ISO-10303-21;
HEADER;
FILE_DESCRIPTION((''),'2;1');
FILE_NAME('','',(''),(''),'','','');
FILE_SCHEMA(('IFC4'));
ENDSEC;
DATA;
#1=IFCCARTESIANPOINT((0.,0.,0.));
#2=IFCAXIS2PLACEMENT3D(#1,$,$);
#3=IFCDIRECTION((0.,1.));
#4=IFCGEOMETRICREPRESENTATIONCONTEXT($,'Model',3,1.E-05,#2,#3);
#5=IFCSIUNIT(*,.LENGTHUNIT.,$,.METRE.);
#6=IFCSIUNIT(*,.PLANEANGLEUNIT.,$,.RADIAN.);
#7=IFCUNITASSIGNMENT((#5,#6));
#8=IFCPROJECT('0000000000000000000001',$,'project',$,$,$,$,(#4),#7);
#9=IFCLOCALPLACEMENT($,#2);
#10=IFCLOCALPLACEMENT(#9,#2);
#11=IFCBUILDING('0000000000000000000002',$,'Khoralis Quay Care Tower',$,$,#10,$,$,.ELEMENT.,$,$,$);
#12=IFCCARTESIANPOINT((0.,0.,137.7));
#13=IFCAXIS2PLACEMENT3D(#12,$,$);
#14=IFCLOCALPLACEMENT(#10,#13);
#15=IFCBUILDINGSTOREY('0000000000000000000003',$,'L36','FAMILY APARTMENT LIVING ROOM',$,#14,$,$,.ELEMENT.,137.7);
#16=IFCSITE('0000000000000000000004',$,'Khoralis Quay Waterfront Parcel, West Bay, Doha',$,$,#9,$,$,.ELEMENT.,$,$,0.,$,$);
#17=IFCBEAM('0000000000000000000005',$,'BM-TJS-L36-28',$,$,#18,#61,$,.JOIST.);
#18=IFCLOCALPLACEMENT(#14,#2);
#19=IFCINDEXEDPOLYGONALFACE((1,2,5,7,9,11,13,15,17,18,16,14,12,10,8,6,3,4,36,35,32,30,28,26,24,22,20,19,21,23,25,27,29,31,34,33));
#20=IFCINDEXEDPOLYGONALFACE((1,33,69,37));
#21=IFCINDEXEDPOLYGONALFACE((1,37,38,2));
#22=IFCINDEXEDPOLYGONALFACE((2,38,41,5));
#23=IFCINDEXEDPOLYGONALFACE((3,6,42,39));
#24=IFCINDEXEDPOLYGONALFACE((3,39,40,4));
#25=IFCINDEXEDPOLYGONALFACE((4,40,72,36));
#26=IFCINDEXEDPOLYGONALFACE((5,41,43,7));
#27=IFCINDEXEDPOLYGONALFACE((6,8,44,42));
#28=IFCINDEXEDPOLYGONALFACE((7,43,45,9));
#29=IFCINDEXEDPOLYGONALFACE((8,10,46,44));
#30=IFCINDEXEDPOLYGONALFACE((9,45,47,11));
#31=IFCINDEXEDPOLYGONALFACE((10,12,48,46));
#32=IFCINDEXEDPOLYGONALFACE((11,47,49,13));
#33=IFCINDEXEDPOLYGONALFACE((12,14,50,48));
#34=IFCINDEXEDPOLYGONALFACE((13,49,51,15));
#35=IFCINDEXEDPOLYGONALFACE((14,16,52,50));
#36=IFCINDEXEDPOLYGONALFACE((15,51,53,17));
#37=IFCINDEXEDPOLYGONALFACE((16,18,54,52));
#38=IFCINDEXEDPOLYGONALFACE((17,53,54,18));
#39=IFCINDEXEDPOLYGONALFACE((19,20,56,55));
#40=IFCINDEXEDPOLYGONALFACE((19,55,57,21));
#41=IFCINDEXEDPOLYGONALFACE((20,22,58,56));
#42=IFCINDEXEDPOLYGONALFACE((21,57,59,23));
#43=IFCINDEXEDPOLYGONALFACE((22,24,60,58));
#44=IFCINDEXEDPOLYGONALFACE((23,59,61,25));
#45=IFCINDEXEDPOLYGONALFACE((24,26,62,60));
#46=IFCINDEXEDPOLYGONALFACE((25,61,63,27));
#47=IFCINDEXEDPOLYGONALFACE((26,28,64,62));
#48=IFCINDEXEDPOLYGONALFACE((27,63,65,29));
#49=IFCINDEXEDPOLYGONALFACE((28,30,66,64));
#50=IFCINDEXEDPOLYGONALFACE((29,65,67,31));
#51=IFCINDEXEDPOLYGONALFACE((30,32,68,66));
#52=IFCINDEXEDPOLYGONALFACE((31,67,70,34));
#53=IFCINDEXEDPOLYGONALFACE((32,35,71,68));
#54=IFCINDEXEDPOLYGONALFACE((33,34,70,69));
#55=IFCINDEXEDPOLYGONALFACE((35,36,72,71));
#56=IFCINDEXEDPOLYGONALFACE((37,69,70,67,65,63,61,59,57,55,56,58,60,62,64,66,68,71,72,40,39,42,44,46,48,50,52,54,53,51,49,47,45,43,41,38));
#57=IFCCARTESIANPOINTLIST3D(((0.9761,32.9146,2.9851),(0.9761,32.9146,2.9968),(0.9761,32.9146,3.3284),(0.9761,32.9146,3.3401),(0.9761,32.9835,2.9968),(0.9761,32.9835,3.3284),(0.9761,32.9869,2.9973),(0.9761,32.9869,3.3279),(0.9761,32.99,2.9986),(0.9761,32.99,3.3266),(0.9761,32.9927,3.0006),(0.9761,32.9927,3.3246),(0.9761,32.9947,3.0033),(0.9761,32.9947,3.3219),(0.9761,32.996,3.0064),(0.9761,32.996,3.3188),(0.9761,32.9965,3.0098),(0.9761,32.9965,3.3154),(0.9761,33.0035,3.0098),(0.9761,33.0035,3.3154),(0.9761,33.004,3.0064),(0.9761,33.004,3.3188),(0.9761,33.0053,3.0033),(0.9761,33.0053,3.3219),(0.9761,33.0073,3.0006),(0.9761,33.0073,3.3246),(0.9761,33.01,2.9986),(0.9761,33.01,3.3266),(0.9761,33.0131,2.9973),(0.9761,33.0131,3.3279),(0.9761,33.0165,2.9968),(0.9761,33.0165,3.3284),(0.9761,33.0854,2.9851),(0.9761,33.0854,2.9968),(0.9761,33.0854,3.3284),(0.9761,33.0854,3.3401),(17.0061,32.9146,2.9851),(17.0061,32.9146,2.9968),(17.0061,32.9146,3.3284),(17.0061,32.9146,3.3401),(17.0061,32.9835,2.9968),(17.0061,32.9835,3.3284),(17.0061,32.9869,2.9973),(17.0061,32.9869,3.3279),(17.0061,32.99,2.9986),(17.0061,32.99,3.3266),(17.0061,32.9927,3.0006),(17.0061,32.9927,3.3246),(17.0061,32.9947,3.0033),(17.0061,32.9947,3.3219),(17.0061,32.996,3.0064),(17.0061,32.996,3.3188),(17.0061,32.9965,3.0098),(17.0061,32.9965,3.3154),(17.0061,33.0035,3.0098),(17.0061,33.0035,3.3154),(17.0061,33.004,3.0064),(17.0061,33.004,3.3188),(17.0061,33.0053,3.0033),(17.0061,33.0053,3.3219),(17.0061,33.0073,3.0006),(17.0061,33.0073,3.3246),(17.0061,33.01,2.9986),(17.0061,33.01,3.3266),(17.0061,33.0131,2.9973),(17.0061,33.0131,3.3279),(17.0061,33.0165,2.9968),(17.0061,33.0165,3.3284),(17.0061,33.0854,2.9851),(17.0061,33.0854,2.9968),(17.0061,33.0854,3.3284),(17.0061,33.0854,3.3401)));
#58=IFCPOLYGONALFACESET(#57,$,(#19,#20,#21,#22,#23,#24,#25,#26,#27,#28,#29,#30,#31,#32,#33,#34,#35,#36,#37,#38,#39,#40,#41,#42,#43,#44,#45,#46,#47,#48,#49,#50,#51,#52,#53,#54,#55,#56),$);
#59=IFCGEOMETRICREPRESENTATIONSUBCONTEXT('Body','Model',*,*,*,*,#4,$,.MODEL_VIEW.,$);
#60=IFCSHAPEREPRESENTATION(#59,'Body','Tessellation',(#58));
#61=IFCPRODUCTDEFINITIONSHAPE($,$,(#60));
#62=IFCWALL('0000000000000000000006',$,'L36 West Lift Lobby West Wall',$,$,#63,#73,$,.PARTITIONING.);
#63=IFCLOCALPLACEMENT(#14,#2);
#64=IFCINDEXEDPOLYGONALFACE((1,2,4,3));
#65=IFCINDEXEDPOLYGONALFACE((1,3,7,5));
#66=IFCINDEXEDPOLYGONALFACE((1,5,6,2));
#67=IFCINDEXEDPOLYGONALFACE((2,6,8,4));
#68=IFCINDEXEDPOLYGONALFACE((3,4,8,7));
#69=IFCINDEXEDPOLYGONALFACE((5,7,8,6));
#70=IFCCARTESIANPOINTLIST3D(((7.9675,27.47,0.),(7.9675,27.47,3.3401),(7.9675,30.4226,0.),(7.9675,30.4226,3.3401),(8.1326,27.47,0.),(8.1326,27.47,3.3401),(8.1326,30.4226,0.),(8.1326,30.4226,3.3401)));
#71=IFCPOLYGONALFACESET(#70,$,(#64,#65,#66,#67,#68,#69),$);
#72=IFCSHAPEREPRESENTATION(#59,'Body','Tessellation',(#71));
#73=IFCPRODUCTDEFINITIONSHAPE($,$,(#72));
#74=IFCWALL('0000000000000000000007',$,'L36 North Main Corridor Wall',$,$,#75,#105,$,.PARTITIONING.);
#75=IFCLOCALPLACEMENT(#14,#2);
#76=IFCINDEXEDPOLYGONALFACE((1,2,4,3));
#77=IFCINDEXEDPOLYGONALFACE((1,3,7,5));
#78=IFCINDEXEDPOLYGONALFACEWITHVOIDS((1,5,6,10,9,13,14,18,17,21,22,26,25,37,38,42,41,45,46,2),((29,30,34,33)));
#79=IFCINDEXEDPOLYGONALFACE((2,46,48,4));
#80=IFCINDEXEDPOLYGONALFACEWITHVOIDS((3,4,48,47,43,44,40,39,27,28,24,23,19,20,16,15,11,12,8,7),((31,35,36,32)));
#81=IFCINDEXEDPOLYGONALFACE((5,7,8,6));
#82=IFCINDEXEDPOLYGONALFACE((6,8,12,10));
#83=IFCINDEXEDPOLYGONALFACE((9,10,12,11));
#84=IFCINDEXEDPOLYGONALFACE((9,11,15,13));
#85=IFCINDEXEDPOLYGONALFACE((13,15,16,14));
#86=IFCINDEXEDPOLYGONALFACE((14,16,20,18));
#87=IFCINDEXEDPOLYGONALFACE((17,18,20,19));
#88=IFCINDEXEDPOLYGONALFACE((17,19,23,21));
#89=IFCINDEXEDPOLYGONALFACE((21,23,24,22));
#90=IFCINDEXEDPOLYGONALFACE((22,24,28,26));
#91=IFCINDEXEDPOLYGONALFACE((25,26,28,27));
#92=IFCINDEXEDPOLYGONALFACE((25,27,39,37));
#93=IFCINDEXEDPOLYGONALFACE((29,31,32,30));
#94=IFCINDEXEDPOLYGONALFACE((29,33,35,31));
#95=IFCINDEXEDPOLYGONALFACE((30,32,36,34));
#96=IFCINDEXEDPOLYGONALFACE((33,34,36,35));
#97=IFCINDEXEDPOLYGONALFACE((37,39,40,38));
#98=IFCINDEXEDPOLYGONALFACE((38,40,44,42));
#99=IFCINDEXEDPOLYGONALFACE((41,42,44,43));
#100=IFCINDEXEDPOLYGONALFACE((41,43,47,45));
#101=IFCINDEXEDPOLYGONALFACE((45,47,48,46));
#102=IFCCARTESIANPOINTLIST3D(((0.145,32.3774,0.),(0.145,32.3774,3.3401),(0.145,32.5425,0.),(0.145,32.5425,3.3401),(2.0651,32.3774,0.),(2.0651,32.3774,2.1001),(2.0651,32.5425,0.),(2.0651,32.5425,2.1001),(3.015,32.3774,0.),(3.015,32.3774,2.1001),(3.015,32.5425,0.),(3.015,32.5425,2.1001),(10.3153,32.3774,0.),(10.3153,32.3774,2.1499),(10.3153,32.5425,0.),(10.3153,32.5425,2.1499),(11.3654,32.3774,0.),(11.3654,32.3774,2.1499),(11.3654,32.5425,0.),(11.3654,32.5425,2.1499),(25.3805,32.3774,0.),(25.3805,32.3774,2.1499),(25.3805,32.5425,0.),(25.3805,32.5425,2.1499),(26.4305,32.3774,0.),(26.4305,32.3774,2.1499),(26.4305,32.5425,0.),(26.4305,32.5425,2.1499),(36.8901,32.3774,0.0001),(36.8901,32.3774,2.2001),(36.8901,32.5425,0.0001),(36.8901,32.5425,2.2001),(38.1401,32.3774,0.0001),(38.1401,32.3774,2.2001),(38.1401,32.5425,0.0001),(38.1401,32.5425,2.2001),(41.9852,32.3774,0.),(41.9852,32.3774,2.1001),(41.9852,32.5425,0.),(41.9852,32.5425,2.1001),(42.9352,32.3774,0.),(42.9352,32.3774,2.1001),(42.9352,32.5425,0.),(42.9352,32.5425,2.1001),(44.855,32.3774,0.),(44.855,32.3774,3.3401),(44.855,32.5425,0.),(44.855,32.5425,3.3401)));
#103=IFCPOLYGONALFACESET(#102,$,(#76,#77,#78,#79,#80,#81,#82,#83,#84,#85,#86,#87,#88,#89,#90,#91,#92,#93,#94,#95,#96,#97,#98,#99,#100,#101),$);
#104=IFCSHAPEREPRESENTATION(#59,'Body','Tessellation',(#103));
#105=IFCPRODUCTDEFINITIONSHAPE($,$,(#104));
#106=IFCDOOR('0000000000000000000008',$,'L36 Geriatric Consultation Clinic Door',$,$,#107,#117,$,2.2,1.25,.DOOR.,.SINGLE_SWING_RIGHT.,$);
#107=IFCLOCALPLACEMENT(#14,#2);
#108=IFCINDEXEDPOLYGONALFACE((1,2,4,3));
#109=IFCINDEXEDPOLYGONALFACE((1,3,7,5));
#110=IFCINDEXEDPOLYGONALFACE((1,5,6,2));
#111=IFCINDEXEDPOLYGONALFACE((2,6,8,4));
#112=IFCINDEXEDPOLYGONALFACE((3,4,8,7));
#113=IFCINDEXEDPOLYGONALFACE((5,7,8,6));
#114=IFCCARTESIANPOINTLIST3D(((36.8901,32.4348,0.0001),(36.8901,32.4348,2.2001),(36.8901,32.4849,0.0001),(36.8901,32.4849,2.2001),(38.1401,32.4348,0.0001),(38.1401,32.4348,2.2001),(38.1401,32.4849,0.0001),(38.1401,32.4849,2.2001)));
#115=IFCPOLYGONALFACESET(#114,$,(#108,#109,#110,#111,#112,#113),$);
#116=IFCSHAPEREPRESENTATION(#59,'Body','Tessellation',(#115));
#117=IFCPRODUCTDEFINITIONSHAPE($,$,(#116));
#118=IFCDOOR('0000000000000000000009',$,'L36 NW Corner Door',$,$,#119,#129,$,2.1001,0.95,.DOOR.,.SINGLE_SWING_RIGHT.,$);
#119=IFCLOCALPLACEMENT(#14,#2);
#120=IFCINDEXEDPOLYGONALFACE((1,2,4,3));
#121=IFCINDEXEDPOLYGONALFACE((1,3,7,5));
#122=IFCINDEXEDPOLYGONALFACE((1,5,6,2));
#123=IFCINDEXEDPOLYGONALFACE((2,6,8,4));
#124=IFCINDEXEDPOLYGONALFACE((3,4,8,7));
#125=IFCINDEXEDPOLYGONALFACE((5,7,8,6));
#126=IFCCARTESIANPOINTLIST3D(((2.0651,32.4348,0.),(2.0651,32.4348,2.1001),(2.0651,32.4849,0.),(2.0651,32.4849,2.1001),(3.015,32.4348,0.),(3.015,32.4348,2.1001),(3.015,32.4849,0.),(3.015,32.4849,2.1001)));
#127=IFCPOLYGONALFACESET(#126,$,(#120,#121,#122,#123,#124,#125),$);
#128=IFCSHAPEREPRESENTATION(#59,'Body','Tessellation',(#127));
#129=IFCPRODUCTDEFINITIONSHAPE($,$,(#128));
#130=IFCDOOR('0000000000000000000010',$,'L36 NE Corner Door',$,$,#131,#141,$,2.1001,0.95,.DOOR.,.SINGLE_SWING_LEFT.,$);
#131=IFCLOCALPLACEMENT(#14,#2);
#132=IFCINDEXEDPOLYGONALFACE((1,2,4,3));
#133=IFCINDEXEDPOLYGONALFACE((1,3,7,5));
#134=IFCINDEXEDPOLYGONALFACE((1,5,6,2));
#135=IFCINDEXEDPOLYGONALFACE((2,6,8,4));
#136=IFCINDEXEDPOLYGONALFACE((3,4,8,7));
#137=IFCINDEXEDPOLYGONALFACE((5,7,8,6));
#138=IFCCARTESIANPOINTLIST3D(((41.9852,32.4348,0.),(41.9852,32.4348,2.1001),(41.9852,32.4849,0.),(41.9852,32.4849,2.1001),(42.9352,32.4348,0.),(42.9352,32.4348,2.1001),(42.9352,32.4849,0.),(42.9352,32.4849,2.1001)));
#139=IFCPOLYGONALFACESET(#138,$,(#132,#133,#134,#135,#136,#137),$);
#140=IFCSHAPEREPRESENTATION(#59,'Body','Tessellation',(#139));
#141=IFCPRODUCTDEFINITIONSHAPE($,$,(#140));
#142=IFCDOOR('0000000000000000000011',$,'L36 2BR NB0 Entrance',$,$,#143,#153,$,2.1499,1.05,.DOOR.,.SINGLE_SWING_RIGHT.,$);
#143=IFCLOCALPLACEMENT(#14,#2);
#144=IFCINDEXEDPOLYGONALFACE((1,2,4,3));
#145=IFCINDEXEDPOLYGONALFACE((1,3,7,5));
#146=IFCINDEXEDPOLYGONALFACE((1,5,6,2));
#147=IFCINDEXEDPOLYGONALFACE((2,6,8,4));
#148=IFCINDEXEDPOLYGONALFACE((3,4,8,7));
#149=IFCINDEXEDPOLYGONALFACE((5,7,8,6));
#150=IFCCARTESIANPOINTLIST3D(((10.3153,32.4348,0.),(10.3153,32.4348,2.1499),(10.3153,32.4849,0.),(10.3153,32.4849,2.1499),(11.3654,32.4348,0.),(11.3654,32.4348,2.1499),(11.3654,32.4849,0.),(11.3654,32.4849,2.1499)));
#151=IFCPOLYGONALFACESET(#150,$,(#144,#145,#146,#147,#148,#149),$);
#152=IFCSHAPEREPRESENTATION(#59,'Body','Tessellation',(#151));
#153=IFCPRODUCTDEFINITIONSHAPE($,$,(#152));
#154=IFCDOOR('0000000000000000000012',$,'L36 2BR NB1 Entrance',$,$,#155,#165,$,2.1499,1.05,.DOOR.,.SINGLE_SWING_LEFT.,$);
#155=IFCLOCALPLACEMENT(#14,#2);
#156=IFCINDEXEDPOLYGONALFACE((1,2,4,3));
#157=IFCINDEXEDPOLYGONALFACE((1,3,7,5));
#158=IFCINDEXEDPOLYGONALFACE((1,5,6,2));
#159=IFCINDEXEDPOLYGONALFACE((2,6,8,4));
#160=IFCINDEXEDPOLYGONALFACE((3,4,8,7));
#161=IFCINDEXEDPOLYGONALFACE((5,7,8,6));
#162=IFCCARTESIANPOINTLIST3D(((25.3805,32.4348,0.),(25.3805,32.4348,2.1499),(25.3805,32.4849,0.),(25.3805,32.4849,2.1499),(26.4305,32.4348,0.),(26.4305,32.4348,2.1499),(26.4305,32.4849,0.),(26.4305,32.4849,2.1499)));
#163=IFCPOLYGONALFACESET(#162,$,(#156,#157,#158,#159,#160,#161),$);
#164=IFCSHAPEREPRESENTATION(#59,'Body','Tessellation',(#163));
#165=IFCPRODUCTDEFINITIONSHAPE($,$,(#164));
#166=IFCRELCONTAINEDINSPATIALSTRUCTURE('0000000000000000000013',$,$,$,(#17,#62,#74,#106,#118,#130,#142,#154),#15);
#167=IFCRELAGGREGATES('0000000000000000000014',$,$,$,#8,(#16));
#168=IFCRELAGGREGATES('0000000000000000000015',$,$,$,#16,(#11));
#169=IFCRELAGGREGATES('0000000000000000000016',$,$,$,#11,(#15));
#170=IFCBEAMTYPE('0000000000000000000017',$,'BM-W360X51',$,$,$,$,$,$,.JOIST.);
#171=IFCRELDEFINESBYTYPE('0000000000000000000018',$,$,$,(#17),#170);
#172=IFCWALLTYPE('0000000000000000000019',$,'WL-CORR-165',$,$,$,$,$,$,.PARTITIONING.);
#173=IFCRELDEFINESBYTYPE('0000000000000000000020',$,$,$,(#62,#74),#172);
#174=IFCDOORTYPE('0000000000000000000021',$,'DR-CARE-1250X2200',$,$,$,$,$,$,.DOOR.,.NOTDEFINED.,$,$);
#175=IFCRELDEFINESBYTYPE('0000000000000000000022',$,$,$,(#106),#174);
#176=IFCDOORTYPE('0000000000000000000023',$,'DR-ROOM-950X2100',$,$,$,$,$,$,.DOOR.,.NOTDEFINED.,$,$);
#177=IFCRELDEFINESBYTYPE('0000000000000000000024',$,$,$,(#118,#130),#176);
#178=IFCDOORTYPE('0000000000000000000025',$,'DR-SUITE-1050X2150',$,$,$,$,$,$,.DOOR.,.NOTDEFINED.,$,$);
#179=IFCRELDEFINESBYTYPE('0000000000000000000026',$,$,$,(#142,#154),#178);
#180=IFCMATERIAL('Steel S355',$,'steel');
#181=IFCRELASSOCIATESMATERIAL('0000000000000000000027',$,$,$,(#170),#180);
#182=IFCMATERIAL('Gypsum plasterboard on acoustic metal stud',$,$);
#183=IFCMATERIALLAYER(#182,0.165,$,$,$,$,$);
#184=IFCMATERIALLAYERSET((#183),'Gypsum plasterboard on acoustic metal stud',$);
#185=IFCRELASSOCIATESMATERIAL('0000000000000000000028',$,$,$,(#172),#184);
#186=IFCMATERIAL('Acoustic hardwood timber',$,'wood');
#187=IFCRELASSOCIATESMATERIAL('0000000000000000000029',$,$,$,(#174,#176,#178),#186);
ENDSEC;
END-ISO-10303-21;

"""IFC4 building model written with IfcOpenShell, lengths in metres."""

from ifc_helpers import new_model, si_unit, direction, frame, frame_2d, origin, origin_2d, place, context, subcontext, project, spatial, rectangle, i_section, extrude, source, transform, mapped, material, layer, layer_set, material_profile, profile_set, type_object, element, fill, save


model = new_model("IFC4")

# Units and contexts
model_context = context("Model", 3, precision=1e-05, world=origin(), true_north=direction((0.0, 1.0)))
body_context = subcontext(model_context, "Body", "Model", "MODEL_VIEW")
ifc_project = project(units=[si_unit("LENGTHUNIT", "METRE"), si_unit("PLANEANGLEUNIT", "RADIAN")], contexts=[model_context])

# Site, building, storey
site_placement = place(None, origin())
site = spatial("IfcSite", under=ifc_project, at=site_placement, Name="Khoralis Quay Waterfront Parcel, West Bay, Doha", CompositionType="ELEMENT", RefElevation=0.0)
building_placement = place(site_placement, origin())
building = spatial("IfcBuilding", under=site, at=building_placement, Name="Khoralis Quay Care Tower", CompositionType="ELEMENT")
storey_placement = place(building_placement, frame((0.0, 0.0, 137.7)))
storey = spatial("IfcBuildingStorey", under=building, at=storey_placement, Name="L36", Description="FAMILY APARTMENT LIVING ROOM", CompositionType="ELEMENT", Elevation=137.7)

# Beam
ifc_material_1 = material(Name="Steel S355", Category="steel")
ifc_material_profile_1 = material_profile(ifc_material_1, i_section(OverallWidth=0.1709, OverallDepth=0.355, WebThickness=0.0071, FlangeThickness=0.0117, FilletRadius=0.0129, at=origin_2d()), Name="Steel S355")
ifc_profile_set_1 = profile_set([ifc_material_profile_1], Name="Steel S355")
beam_type_1 = type_object("IfcBeamType", Name="BM-W360X51", PredefinedType="JOIST", material=ifc_profile_set_1)
shared_shape_1 = source(origin(), body_context, "Body", "SweptSolid", [
    extrude(i_section(OverallWidth=0.1709, OverallDepth=0.355, WebThickness=0.0071, FlangeThickness=0.0117, FilletRadius=0.0129, at=origin_2d()), origin(), (0.0, 0.0, 1.0), 16.03),
])
beam_1_placement = place(storey_placement, frame((0.9761, 33.0, 3.1626), z_axis=(1.0, 0.0, 0.0), x_axis=(0.0, 1.0, 0.0)))
element("IfcBeam", 1, at=beam_1_placement, inside=storey, type_object=beam_type_1, Name="BM-TJS-L36-28", PredefinedType="JOIST", context=body_context, shape_type="MappedRepresentation", body=[
    mapped(shared_shape_1, transform((0.0, 0.0, 0.0), scale=1.0)),
])

# Wall
ifc_material_2 = material(Name="Gypsum plasterboard on acoustic metal stud")
ifc_layer_1 = layer(ifc_material_2, 0.165)
ifc_layer_set_1 = layer_set([ifc_layer_1], Name="Gypsum plasterboard on acoustic metal stud")
wall_type_1 = type_object("IfcWallType", Name="WL-CORR-165", PredefinedType="PARTITIONING", material=ifc_layer_set_1)
wall_1_placement = place(storey_placement, frame((8.05, 27.47, 0.0), z_axis=(0.0, 0.0, 1.0), x_axis=(0.0, 1.0, 0.0)))
element("IfcWall", 2, at=wall_1_placement, inside=storey, type_object=wall_type_1, Name="L36 West Lift Lobby West Wall", PredefinedType="PARTITIONING", context=body_context, shape_type="SweptSolid", body=[
    extrude(rectangle(XDim=2.9526, YDim=0.165, at=frame_2d((1.4763, 0.0))), origin(), (0.0, 0.0, 1.0), 3.3401),
])

# Wall, openings, doors
wall_2_placement = place(storey_placement, frame((0.145, 32.46, 0.0), z_axis=(0.0, 0.0, 1.0), x_axis=(1.0, 0.0, 0.0)))
wall_2 = element("IfcWall", 3, at=wall_2_placement, inside=storey, type_object=wall_type_1, Name="L36 North Main Corridor Wall", PredefinedType="PARTITIONING", context=body_context, shape_type="SweptSolid", body=[
    extrude(rectangle(XDim=44.71, YDim=0.165, at=frame_2d((22.355, 0.0))), origin(), (0.0, 0.0, 1.0), 3.3401),
])
opening_1_placement = place(wall_2_placement, frame((10.1704, 0.0, 0.0)))
opening_1 = element("IfcOpeningElement", 4, at=opening_1_placement, cuts=wall_2, PredefinedType="OPENING", context=body_context, shape_type="SweptSolid", body=[
    extrude(rectangle(XDim=1.05, YDim=2.1499, at=frame_2d((0.5249, 1.075))), frame((0.0, 0.0925, 0.0), z_axis=(0.0, -1.0, 0.0), x_axis=(1.0, 0.0, 0.0)), (0.0, 0.0, 1.0), 0.1851),
])
opening_2_placement = place(wall_2_placement, frame((25.2356, 0.0, 0.0)))
opening_2 = element("IfcOpeningElement", 5, at=opening_2_placement, cuts=wall_2, PredefinedType="OPENING", context=body_context, shape_type="SweptSolid", body=[
    extrude(rectangle(XDim=1.05, YDim=2.1499, at=frame_2d((0.5249, 1.075))), frame((0.0, 0.0925, 0.0), z_axis=(0.0, -1.0, 0.0), x_axis=(1.0, 0.0, 0.0)), (0.0, 0.0, 1.0), 0.1851),
])
opening_3_placement = place(wall_2_placement, frame((36.7451, 0.0, 0.0)))
opening_3 = element("IfcOpeningElement", 6, at=opening_3_placement, cuts=wall_2, PredefinedType="OPENING", context=body_context, shape_type="SweptSolid", body=[
    extrude(rectangle(XDim=1.25, YDim=2.2, at=frame_2d((0.625, 1.1001))), frame((0.0, 0.0925, 0.0), z_axis=(0.0, -1.0, 0.0), x_axis=(1.0, 0.0, 0.0)), (0.0, 0.0, 1.0), 0.1851),
])
opening_4_placement = place(wall_2_placement, frame((1.9199, 0.0, 0.0)))
opening_4 = element("IfcOpeningElement", 7, at=opening_4_placement, cuts=wall_2, PredefinedType="OPENING", context=body_context, shape_type="SweptSolid", body=[
    extrude(rectangle(XDim=0.95, YDim=2.1001, at=frame_2d((0.4751, 1.05))), frame((0.0, 0.0925, 0.0), z_axis=(0.0, -1.0, 0.0), x_axis=(1.0, 0.0, 0.0)), (0.0, 0.0, 1.0), 0.1851),
])
opening_5_placement = place(wall_2_placement, frame((41.8401, 0.0, 0.0)))
opening_5 = element("IfcOpeningElement", 8, at=opening_5_placement, cuts=wall_2, PredefinedType="OPENING", context=body_context, shape_type="SweptSolid", body=[
    extrude(rectangle(XDim=0.95, YDim=2.1001, at=frame_2d((0.4751, 1.05))), frame((0.0, 0.0925, 0.0), z_axis=(0.0, -1.0, 0.0), x_axis=(1.0, 0.0, 0.0)), (0.0, 0.0, 1.0), 0.1851),
])
ifc_material_3 = material(Name="Acoustic hardwood timber", Category="wood")
door_type_1 = type_object("IfcDoorType", Name="DR-CARE-1250X2200", OperationType="NOTDEFINED", PredefinedType="DOOR", material=ifc_material_3)
shared_shape_2 = source(origin(), body_context, "Body", "SweptSolid", [
    extrude(rectangle(XDim=1.25, YDim=2.2, at=frame_2d((0.625, 1.1001))), frame((0.0, 0.0249, 0.0), z_axis=(0.0, -1.0, 0.0), x_axis=(1.0, 0.0, 0.0)), (0.0, 0.0, 1.0), 0.05),
])
door_1_placement = place(opening_3_placement, origin())
door_1 = element("IfcDoor", 9, at=door_1_placement, inside=storey, type_object=door_type_1, Name="L36 Geriatric Consultation Clinic Door", OperationType="SINGLE_SWING_RIGHT", OverallHeight=2.2, OverallWidth=1.25, PredefinedType="DOOR", context=body_context, shape_type="MappedRepresentation", body=[
    mapped(shared_shape_2, transform((0.0, 0.0, 0.0), scale=1.0)),
])
fill(opening_3, door_1)
door_type_2 = type_object("IfcDoorType", Name="DR-ROOM-950X2100", OperationType="NOTDEFINED", PredefinedType="DOOR", material=ifc_material_3)
shared_shape_3 = source(origin(), body_context, "Body", "SweptSolid", [
    extrude(rectangle(XDim=0.95, YDim=2.1001, at=frame_2d((0.4751, 1.05))), frame((0.0, 0.0249, 0.0), z_axis=(0.0, -1.0, 0.0), x_axis=(1.0, 0.0, 0.0)), (0.0, 0.0, 1.0), 0.05),
])
door_2_placement = place(opening_4_placement, origin())
door_2 = element("IfcDoor", 10, at=door_2_placement, inside=storey, type_object=door_type_2, Name="L36 NW Corner Door", OperationType="SINGLE_SWING_RIGHT", OverallHeight=2.1001, OverallWidth=0.95, PredefinedType="DOOR", context=body_context, shape_type="MappedRepresentation", body=[
    mapped(shared_shape_3, transform((0.0, 0.0, 0.0), scale=1.0)),
])
fill(opening_4, door_2)
door_3_placement = place(opening_5_placement, origin())
door_3 = element("IfcDoor", 11, at=door_3_placement, inside=storey, type_object=door_type_2, Name="L36 NE Corner Door", OperationType="SINGLE_SWING_LEFT", OverallHeight=2.1001, OverallWidth=0.95, PredefinedType="DOOR", context=body_context, shape_type="MappedRepresentation", body=[
    mapped(shared_shape_3, transform((0.0, 0.0, 0.0), scale=1.0)),
])
fill(opening_5, door_3)
door_type_3 = type_object("IfcDoorType", Name="DR-SUITE-1050X2150", OperationType="NOTDEFINED", PredefinedType="DOOR", material=ifc_material_3)
shared_shape_4 = source(origin(), body_context, "Body", "SweptSolid", [
    extrude(rectangle(XDim=1.05, YDim=2.1499, at=frame_2d((0.5249, 1.075))), frame((0.0, 0.0249, 0.0), z_axis=(0.0, -1.0, 0.0), x_axis=(1.0, 0.0, 0.0)), (0.0, 0.0, 1.0), 0.05),
])
door_4_placement = place(opening_1_placement, origin())
door_4 = element("IfcDoor", 12, at=door_4_placement, inside=storey, type_object=door_type_3, Name="L36 2BR NB0 Entrance", OperationType="SINGLE_SWING_RIGHT", OverallHeight=2.1499, OverallWidth=1.05, PredefinedType="DOOR", context=body_context, shape_type="MappedRepresentation", body=[
    mapped(shared_shape_4, transform((0.0, 0.0, 0.0), scale=1.0)),
])
fill(opening_1, door_4)
door_5_placement = place(opening_2_placement, origin())
door_5 = element("IfcDoor", 13, at=door_5_placement, inside=storey, type_object=door_type_3, Name="L36 2BR NB1 Entrance", OperationType="SINGLE_SWING_LEFT", OverallHeight=2.1499, OverallWidth=1.05, PredefinedType="DOOR", context=body_context, shape_type="MappedRepresentation", body=[
    mapped(shared_shape_4, transform((0.0, 0.0, 0.0), scale=1.0)),
])
fill(opening_2, door_5)

save(model, "model.ifc")
